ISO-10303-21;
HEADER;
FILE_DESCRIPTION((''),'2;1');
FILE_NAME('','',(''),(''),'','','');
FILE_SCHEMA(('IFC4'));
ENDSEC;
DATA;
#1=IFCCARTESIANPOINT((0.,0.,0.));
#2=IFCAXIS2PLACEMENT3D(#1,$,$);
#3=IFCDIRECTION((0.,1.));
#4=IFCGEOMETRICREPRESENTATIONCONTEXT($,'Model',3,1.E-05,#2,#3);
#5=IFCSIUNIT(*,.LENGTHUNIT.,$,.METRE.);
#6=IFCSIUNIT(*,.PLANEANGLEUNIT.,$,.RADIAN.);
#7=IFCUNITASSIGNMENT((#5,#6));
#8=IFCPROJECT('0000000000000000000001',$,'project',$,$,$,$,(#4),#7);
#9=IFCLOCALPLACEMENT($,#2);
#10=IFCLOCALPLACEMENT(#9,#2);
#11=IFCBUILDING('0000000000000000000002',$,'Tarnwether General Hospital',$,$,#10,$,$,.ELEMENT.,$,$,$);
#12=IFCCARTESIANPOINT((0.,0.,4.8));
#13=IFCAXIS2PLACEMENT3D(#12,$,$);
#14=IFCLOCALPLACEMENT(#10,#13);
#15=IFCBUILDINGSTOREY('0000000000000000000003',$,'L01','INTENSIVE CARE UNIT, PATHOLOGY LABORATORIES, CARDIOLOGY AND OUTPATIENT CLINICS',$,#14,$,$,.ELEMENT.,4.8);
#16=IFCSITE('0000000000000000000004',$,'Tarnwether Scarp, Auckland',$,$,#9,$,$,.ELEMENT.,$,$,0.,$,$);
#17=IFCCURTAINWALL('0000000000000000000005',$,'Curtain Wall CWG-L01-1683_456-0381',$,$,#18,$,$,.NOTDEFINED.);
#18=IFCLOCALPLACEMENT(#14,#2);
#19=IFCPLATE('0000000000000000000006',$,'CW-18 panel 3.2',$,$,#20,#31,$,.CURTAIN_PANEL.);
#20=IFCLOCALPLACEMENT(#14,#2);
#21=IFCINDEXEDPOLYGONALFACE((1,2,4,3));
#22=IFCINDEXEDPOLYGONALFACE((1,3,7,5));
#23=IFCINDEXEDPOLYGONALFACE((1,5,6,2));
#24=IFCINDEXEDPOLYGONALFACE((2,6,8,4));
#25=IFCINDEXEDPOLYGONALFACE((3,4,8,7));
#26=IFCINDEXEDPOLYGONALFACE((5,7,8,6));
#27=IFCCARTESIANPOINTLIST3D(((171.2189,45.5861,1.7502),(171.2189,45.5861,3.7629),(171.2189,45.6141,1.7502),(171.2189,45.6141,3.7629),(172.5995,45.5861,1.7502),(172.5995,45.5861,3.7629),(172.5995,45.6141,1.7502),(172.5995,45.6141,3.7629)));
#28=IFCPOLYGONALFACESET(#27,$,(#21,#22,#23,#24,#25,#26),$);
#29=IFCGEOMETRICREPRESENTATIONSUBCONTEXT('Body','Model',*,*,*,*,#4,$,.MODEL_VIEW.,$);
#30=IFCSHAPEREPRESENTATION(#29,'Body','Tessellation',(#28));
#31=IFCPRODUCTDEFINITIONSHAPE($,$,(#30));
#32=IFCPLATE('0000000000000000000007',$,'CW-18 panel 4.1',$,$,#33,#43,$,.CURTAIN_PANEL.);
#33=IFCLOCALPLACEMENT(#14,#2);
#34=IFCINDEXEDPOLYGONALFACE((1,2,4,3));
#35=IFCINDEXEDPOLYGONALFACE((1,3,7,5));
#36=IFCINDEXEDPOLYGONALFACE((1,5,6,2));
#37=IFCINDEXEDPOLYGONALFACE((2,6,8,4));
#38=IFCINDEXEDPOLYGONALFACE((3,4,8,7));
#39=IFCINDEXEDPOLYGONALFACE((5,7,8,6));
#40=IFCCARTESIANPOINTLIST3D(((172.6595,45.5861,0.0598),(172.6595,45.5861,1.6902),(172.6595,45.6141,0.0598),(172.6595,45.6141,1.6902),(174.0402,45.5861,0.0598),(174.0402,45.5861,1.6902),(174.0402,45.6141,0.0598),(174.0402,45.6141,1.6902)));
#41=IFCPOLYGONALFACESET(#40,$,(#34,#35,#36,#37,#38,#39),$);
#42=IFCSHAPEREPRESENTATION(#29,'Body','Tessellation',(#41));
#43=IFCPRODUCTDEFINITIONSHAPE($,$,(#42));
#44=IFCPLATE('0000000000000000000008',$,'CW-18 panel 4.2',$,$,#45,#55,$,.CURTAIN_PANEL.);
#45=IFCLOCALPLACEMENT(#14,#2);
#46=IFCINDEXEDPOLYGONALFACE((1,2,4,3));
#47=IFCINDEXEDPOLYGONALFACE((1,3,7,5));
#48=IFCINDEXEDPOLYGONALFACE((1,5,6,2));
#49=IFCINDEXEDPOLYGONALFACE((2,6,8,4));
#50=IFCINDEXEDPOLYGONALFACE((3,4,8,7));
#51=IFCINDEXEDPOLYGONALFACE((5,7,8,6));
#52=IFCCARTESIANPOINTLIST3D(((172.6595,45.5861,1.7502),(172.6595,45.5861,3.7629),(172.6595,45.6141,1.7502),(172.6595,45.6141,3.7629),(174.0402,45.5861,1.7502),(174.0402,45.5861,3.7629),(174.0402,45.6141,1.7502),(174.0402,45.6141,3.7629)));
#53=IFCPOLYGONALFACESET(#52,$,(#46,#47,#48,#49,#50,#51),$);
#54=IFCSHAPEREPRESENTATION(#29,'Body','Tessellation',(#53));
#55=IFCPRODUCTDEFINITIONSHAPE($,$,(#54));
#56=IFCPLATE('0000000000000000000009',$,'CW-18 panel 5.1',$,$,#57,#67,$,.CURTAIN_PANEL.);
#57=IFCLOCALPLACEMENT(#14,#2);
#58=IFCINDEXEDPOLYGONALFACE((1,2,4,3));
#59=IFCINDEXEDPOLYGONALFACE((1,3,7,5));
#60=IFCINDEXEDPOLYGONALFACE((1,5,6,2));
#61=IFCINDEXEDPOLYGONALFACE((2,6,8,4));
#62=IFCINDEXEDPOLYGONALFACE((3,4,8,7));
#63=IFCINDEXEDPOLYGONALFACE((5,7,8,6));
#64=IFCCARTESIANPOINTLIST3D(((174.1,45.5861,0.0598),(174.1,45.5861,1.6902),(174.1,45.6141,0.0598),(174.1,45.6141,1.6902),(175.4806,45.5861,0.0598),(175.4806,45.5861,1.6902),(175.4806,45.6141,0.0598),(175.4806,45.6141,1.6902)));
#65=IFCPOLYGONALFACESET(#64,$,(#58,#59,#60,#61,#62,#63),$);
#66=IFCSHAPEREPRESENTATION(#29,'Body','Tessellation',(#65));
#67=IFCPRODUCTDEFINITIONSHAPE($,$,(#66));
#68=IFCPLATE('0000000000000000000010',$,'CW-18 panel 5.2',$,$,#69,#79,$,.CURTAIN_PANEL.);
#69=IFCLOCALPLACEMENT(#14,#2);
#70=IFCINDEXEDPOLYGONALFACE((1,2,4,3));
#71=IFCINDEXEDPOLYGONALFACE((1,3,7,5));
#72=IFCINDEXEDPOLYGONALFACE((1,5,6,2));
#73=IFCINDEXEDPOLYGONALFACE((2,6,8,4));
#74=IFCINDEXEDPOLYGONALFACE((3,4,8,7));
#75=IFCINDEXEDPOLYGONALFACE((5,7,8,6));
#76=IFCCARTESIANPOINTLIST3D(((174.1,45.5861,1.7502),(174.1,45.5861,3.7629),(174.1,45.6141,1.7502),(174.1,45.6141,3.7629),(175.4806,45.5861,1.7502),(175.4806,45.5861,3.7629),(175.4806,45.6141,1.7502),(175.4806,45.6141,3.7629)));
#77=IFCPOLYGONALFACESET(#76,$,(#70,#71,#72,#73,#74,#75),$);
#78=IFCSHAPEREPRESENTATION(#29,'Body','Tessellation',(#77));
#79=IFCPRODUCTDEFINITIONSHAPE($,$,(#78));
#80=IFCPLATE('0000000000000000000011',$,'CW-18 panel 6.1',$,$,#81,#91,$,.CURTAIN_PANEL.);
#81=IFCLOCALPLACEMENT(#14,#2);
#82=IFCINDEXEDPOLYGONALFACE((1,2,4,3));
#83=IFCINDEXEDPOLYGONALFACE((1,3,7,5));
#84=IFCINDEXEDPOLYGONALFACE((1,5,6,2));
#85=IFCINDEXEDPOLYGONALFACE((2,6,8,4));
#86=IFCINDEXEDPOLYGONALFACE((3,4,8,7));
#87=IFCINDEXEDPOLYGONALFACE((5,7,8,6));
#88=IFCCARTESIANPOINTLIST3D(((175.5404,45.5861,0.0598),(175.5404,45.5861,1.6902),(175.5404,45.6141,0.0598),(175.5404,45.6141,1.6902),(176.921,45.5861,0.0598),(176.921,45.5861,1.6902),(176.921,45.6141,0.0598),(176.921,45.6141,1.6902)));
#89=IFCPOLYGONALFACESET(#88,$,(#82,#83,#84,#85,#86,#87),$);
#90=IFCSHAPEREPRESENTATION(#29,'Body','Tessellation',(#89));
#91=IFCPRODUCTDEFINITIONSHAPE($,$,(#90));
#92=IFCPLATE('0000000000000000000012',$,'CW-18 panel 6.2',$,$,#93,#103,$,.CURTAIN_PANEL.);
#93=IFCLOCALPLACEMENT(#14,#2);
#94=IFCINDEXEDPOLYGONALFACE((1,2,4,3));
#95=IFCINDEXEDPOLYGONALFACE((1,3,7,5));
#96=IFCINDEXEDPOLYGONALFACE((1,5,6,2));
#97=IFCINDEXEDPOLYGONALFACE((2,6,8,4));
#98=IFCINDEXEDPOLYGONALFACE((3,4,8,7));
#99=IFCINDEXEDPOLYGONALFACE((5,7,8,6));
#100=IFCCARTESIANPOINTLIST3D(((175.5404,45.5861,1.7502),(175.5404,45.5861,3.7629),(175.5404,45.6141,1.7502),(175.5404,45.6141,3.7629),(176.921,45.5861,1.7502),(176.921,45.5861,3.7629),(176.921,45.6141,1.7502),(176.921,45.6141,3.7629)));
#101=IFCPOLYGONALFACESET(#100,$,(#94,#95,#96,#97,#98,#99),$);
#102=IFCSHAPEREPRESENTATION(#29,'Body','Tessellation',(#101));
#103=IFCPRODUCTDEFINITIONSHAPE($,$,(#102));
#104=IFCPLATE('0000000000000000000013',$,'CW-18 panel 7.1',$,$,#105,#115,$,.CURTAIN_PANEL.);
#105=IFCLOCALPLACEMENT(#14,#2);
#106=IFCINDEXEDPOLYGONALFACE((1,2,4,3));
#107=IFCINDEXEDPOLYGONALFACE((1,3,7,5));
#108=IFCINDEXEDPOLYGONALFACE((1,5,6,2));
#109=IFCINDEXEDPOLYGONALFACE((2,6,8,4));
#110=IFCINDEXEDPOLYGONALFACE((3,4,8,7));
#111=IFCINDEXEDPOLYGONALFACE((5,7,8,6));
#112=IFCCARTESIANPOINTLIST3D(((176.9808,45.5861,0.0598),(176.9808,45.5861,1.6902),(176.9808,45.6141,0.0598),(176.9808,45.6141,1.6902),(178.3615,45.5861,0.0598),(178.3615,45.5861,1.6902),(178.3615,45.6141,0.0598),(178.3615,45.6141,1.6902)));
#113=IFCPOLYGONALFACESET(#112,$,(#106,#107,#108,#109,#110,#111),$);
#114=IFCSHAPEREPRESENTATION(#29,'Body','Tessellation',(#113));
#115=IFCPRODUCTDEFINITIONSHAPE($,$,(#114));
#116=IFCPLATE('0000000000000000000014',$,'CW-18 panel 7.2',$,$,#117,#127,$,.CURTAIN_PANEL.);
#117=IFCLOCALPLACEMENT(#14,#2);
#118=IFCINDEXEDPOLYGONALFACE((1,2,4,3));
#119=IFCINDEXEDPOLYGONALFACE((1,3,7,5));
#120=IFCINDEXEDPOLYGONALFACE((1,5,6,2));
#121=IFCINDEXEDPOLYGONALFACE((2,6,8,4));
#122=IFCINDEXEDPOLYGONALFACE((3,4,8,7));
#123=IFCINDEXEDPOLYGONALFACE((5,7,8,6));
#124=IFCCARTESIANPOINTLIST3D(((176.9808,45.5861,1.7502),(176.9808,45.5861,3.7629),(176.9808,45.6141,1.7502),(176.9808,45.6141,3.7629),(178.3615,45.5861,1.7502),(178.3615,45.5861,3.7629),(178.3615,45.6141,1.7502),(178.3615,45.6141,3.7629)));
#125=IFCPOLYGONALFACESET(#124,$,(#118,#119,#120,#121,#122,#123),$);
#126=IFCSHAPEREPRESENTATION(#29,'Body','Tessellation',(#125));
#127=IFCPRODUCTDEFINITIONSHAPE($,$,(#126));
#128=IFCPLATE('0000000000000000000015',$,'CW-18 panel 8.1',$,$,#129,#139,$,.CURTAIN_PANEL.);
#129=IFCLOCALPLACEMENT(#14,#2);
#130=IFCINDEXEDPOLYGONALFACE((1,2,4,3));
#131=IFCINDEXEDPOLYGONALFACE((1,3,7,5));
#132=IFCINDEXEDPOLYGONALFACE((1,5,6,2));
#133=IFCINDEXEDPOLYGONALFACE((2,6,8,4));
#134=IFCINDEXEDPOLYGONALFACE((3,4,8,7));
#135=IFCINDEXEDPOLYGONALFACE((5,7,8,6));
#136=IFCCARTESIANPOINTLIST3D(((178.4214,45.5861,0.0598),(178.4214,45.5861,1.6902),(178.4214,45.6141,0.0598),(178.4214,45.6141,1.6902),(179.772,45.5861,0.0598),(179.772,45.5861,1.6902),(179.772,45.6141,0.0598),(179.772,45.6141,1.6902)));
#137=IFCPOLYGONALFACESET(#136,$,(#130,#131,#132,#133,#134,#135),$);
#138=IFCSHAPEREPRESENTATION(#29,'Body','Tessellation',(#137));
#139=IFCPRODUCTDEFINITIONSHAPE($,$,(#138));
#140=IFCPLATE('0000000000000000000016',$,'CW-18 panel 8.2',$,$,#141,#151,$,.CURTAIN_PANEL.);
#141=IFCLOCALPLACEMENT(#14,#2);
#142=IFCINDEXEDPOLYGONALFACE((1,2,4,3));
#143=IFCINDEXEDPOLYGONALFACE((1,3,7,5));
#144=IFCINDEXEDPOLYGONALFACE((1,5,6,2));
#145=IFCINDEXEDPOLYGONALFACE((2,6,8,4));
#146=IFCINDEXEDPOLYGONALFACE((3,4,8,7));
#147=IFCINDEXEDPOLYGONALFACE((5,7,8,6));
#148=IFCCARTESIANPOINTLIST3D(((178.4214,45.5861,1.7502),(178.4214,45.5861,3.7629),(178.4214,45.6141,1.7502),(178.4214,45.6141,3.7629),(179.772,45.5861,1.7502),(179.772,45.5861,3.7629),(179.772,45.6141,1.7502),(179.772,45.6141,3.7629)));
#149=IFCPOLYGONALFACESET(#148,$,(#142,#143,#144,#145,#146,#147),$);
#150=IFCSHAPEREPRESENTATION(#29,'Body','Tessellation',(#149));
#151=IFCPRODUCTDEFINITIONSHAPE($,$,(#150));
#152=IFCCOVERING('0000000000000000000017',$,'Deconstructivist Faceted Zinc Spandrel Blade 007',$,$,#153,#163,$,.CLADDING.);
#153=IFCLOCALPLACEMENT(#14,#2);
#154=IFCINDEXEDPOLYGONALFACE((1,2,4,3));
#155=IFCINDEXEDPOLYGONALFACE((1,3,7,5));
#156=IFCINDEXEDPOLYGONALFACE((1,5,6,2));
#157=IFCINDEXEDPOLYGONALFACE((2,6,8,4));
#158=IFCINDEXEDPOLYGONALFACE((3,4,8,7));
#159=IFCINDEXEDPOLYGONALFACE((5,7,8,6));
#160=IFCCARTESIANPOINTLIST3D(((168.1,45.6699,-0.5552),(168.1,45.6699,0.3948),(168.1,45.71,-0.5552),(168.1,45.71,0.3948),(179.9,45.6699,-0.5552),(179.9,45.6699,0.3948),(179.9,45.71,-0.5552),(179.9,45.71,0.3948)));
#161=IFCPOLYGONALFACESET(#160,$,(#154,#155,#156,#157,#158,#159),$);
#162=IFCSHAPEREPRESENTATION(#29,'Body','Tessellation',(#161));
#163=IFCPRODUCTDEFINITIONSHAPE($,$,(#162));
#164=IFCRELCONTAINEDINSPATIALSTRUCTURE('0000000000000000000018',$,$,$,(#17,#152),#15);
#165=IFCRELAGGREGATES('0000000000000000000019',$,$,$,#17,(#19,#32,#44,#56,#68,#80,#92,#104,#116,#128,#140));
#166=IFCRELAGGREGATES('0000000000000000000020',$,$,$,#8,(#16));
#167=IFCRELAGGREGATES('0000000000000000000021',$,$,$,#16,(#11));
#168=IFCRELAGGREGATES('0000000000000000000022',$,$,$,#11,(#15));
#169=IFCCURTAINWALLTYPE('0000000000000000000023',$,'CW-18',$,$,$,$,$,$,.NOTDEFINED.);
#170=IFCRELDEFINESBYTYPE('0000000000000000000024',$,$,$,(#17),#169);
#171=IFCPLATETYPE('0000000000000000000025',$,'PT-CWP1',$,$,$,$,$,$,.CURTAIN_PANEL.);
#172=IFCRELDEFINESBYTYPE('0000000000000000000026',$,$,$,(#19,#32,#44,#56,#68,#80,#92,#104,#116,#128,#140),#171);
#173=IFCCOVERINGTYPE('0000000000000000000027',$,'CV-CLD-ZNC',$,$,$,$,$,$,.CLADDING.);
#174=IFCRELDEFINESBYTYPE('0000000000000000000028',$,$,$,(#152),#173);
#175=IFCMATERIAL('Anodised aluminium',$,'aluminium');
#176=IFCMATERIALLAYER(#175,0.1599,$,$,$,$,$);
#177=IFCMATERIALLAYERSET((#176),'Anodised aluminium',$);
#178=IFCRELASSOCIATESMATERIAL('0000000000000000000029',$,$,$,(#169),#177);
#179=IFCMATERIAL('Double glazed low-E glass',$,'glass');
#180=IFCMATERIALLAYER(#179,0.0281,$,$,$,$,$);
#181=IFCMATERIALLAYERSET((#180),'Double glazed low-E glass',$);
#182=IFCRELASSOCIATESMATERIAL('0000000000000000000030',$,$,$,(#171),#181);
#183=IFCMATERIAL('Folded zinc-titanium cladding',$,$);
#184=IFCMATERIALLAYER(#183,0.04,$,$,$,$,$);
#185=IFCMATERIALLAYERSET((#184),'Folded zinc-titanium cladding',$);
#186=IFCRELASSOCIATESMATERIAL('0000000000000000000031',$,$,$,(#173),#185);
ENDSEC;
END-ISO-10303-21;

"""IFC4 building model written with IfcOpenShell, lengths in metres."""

from ifc_helpers import new_model, si_unit, direction, frame, origin, origin_2d, place, context, subcontext, project, spatial, rectangle, extrude, material, layer, layer_set, type_object, element, aggregate, save


model = new_model("IFC4")

# Units and contexts
model_context = context("Model", 3, precision=1e-05, world=origin(), true_north=direction((0.0, 1.0)))
body_context = subcontext(model_context, "Body", "Model", "MODEL_VIEW")
ifc_project = project(units=[si_unit("LENGTHUNIT", "METRE"), si_unit("PLANEANGLEUNIT", "RADIAN")], contexts=[model_context])

# Site, building, storey
site_placement = place(None, origin())
site = spatial("IfcSite", under=ifc_project, at=site_placement, Name="Tarnwether Scarp, Auckland", CompositionType="ELEMENT", RefElevation=0.0)
building_placement = place(site_placement, origin())
building = spatial("IfcBuilding", under=site, at=building_placement, Name="Tarnwether General Hospital", CompositionType="ELEMENT")
storey_placement = place(building_placement, frame((0.0, 0.0, 4.8)))
storey = spatial("IfcBuildingStorey", under=building, at=storey_placement, Name="L01", Description="INTENSIVE CARE UNIT, PATHOLOGY LABORATORIES, CARDIOLOGY AND OUTPATIENT CLINICS", CompositionType="ELEMENT", Elevation=4.8)

# Curtain wall, plates
ifc_material_1 = material(Name="Anodised aluminium", Category="aluminium")
ifc_layer_1 = layer(ifc_material_1, 0.1599)
ifc_layer_set_1 = layer_set([ifc_layer_1], Name="Anodised aluminium")
curtain_wall_type = type_object("IfcCurtainWallType", Name="CW-18", PredefinedType="NOTDEFINED", material=ifc_layer_set_1)
curtain_wall_placement = place(storey_placement, origin())
curtain_wall = element("IfcCurtainWall", 1, at=curtain_wall_placement, inside=storey, type_object=curtain_wall_type, Name="Curtain Wall CWG-L01-1683_456-0381", PredefinedType="NOTDEFINED")
ifc_material_2 = material(Name="Double glazed low-E glass", Category="glass")
ifc_layer_2 = layer(ifc_material_2, 0.0281)
ifc_layer_set_2 = layer_set([ifc_layer_2], Name="Double glazed low-E glass")
plate_type = type_object("IfcPlateType", Name="PT-CWP1", PredefinedType="CURTAIN_PANEL", material=ifc_layer_set_2)
plate_1_placement = place(storey_placement, frame((171.9092, 45.6001, 1.7502), z_axis=(0.0, 0.0, 1.0), x_axis=(1.0, 0.0, 0.0)))
plate_1 = element("IfcPlate", 2, at=plate_1_placement, type_object=plate_type, Name="CW-18 panel 3.2", PredefinedType="CURTAIN_PANEL", context=body_context, shape_type="SweptSolid", body=[
    extrude(rectangle(XDim=1.3806, YDim=0.0281, at=origin_2d()), origin(), (0.0, 0.0, 1.0), 2.0127),
])
plate_2_placement = place(storey_placement, frame((173.3499, 45.6001, 0.0598), z_axis=(0.0, 0.0, 1.0), x_axis=(1.0, 0.0, 0.0)))
plate_2 = element("IfcPlate", 3, at=plate_2_placement, type_object=plate_type, Name="CW-18 panel 4.1", PredefinedType="CURTAIN_PANEL", context=body_context, shape_type="SweptSolid", body=[
    extrude(rectangle(XDim=1.3806, YDim=0.0281, at=origin_2d()), origin(), (0.0, 0.0, 1.0), 1.6304),
])
plate_3_placement = place(storey_placement, frame((173.3499, 45.6001, 1.7502), z_axis=(0.0, 0.0, 1.0), x_axis=(1.0, 0.0, 0.0)))
plate_3 = element("IfcPlate", 4, at=plate_3_placement, type_object=plate_type, Name="CW-18 panel 4.2", PredefinedType="CURTAIN_PANEL", context=body_context, shape_type="SweptSolid", body=[
    extrude(rectangle(XDim=1.3806, YDim=0.0281, at=origin_2d()), origin(), (0.0, 0.0, 1.0), 2.0127),
])
plate_4_placement = place(storey_placement, frame((174.7903, 45.6001, 0.0598), z_axis=(0.0, 0.0, 1.0), x_axis=(1.0, 0.0, 0.0)))
plate_4 = element("IfcPlate", 5, at=plate_4_placement, type_object=plate_type, Name="CW-18 panel 5.1", PredefinedType="CURTAIN_PANEL", context=body_context, shape_type="SweptSolid", body=[
    extrude(rectangle(XDim=1.3806, YDim=0.0281, at=origin_2d()), origin(), (0.0, 0.0, 1.0), 1.6304),
])
plate_5_placement = place(storey_placement, frame((174.7903, 45.6001, 1.7502), z_axis=(0.0, 0.0, 1.0), x_axis=(1.0, 0.0, 0.0)))
plate_5 = element("IfcPlate", 6, at=plate_5_placement, type_object=plate_type, Name="CW-18 panel 5.2", PredefinedType="CURTAIN_PANEL", context=body_context, shape_type="SweptSolid", body=[
    extrude(rectangle(XDim=1.3806, YDim=0.0281, at=origin_2d()), origin(), (0.0, 0.0, 1.0), 2.0127),
])
plate_6_placement = place(storey_placement, frame((176.2307, 45.6001, 0.0598), z_axis=(0.0, 0.0, 1.0), x_axis=(1.0, 0.0, 0.0)))
plate_6 = element("IfcPlate", 7, at=plate_6_placement, type_object=plate_type, Name="CW-18 panel 6.1", PredefinedType="CURTAIN_PANEL", context=body_context, shape_type="SweptSolid", body=[
    extrude(rectangle(XDim=1.3806, YDim=0.0281, at=origin_2d()), origin(), (0.0, 0.0, 1.0), 1.6304),
])
plate_7_placement = place(storey_placement, frame((176.2307, 45.6001, 1.7502), z_axis=(0.0, 0.0, 1.0), x_axis=(1.0, 0.0, 0.0)))
plate_7 = element("IfcPlate", 8, at=plate_7_placement, type_object=plate_type, Name="CW-18 panel 6.2", PredefinedType="CURTAIN_PANEL", context=body_context, shape_type="SweptSolid", body=[
    extrude(rectangle(XDim=1.3806, YDim=0.0281, at=origin_2d()), origin(), (0.0, 0.0, 1.0), 2.0127),
])
plate_8_placement = place(storey_placement, frame((177.6711, 45.6001, 0.0598), z_axis=(0.0, 0.0, 1.0), x_axis=(1.0, 0.0, 0.0)))
plate_8 = element("IfcPlate", 9, at=plate_8_placement, type_object=plate_type, Name="CW-18 panel 7.1", PredefinedType="CURTAIN_PANEL", context=body_context, shape_type="SweptSolid", body=[
    extrude(rectangle(XDim=1.3806, YDim=0.0281, at=origin_2d()), origin(), (0.0, 0.0, 1.0), 1.6304),
])
plate_9_placement = place(storey_placement, frame((177.6711, 45.6001, 1.7502), z_axis=(0.0, 0.0, 1.0), x_axis=(1.0, 0.0, 0.0)))
plate_9 = element("IfcPlate", 10, at=plate_9_placement, type_object=plate_type, Name="CW-18 panel 7.2", PredefinedType="CURTAIN_PANEL", context=body_context, shape_type="SweptSolid", body=[
    extrude(rectangle(XDim=1.3806, YDim=0.0281, at=origin_2d()), origin(), (0.0, 0.0, 1.0), 2.0127),
])
plate_10_placement = place(storey_placement, frame((179.0967, 45.6001, 0.0598), z_axis=(0.0, 0.0, 1.0), x_axis=(1.0, 0.0, 0.0)))
plate_10 = element("IfcPlate", 11, at=plate_10_placement, type_object=plate_type, Name="CW-18 panel 8.1", PredefinedType="CURTAIN_PANEL", context=body_context, shape_type="SweptSolid", body=[
    extrude(rectangle(XDim=1.3506, YDim=0.0281, at=origin_2d()), origin(), (0.0, 0.0, 1.0), 1.6304),
])
plate_11_placement = place(storey_placement, frame((179.0967, 45.6001, 1.7502), z_axis=(0.0, 0.0, 1.0), x_axis=(1.0, 0.0, 0.0)))
plate_11 = element("IfcPlate", 12, at=plate_11_placement, type_object=plate_type, Name="CW-18 panel 8.2", PredefinedType="CURTAIN_PANEL", context=body_context, shape_type="SweptSolid", body=[
    extrude(rectangle(XDim=1.3506, YDim=0.0281, at=origin_2d()), origin(), (0.0, 0.0, 1.0), 2.0127),
])
aggregate(curtain_wall, [plate_1, plate_2, plate_3, plate_4, plate_5, plate_6, plate_7, plate_8, plate_9, plate_10, plate_11])

# Covering
ifc_material_3 = material(Name="Folded zinc-titanium cladding")
ifc_layer_3 = layer(ifc_material_3, 0.04)
ifc_layer_set_3 = layer_set([ifc_layer_3], Name="Folded zinc-titanium cladding")
covering_type = type_object("IfcCoveringType", Name="CV-CLD-ZNC", PredefinedType="CLADDING", material=ifc_layer_set_3)
covering_placement = place(storey_placement, frame((174.0, 45.6899, -0.5552), z_axis=(0.0, 0.0, 1.0), x_axis=(1.0, 0.0, 0.0)))
element("IfcCovering", 13, at=covering_placement, inside=storey, type_object=covering_type, Name="Deconstructivist Faceted Zinc Spandrel Blade 007", PredefinedType="CLADDING", context=body_context, shape_type="SweptSolid", body=[
    extrude(rectangle(XDim=11.8, YDim=0.04, at=origin_2d()), origin(), (0.0, 0.0, 1.0), 0.95),
])

save(model, "model.ifc")
